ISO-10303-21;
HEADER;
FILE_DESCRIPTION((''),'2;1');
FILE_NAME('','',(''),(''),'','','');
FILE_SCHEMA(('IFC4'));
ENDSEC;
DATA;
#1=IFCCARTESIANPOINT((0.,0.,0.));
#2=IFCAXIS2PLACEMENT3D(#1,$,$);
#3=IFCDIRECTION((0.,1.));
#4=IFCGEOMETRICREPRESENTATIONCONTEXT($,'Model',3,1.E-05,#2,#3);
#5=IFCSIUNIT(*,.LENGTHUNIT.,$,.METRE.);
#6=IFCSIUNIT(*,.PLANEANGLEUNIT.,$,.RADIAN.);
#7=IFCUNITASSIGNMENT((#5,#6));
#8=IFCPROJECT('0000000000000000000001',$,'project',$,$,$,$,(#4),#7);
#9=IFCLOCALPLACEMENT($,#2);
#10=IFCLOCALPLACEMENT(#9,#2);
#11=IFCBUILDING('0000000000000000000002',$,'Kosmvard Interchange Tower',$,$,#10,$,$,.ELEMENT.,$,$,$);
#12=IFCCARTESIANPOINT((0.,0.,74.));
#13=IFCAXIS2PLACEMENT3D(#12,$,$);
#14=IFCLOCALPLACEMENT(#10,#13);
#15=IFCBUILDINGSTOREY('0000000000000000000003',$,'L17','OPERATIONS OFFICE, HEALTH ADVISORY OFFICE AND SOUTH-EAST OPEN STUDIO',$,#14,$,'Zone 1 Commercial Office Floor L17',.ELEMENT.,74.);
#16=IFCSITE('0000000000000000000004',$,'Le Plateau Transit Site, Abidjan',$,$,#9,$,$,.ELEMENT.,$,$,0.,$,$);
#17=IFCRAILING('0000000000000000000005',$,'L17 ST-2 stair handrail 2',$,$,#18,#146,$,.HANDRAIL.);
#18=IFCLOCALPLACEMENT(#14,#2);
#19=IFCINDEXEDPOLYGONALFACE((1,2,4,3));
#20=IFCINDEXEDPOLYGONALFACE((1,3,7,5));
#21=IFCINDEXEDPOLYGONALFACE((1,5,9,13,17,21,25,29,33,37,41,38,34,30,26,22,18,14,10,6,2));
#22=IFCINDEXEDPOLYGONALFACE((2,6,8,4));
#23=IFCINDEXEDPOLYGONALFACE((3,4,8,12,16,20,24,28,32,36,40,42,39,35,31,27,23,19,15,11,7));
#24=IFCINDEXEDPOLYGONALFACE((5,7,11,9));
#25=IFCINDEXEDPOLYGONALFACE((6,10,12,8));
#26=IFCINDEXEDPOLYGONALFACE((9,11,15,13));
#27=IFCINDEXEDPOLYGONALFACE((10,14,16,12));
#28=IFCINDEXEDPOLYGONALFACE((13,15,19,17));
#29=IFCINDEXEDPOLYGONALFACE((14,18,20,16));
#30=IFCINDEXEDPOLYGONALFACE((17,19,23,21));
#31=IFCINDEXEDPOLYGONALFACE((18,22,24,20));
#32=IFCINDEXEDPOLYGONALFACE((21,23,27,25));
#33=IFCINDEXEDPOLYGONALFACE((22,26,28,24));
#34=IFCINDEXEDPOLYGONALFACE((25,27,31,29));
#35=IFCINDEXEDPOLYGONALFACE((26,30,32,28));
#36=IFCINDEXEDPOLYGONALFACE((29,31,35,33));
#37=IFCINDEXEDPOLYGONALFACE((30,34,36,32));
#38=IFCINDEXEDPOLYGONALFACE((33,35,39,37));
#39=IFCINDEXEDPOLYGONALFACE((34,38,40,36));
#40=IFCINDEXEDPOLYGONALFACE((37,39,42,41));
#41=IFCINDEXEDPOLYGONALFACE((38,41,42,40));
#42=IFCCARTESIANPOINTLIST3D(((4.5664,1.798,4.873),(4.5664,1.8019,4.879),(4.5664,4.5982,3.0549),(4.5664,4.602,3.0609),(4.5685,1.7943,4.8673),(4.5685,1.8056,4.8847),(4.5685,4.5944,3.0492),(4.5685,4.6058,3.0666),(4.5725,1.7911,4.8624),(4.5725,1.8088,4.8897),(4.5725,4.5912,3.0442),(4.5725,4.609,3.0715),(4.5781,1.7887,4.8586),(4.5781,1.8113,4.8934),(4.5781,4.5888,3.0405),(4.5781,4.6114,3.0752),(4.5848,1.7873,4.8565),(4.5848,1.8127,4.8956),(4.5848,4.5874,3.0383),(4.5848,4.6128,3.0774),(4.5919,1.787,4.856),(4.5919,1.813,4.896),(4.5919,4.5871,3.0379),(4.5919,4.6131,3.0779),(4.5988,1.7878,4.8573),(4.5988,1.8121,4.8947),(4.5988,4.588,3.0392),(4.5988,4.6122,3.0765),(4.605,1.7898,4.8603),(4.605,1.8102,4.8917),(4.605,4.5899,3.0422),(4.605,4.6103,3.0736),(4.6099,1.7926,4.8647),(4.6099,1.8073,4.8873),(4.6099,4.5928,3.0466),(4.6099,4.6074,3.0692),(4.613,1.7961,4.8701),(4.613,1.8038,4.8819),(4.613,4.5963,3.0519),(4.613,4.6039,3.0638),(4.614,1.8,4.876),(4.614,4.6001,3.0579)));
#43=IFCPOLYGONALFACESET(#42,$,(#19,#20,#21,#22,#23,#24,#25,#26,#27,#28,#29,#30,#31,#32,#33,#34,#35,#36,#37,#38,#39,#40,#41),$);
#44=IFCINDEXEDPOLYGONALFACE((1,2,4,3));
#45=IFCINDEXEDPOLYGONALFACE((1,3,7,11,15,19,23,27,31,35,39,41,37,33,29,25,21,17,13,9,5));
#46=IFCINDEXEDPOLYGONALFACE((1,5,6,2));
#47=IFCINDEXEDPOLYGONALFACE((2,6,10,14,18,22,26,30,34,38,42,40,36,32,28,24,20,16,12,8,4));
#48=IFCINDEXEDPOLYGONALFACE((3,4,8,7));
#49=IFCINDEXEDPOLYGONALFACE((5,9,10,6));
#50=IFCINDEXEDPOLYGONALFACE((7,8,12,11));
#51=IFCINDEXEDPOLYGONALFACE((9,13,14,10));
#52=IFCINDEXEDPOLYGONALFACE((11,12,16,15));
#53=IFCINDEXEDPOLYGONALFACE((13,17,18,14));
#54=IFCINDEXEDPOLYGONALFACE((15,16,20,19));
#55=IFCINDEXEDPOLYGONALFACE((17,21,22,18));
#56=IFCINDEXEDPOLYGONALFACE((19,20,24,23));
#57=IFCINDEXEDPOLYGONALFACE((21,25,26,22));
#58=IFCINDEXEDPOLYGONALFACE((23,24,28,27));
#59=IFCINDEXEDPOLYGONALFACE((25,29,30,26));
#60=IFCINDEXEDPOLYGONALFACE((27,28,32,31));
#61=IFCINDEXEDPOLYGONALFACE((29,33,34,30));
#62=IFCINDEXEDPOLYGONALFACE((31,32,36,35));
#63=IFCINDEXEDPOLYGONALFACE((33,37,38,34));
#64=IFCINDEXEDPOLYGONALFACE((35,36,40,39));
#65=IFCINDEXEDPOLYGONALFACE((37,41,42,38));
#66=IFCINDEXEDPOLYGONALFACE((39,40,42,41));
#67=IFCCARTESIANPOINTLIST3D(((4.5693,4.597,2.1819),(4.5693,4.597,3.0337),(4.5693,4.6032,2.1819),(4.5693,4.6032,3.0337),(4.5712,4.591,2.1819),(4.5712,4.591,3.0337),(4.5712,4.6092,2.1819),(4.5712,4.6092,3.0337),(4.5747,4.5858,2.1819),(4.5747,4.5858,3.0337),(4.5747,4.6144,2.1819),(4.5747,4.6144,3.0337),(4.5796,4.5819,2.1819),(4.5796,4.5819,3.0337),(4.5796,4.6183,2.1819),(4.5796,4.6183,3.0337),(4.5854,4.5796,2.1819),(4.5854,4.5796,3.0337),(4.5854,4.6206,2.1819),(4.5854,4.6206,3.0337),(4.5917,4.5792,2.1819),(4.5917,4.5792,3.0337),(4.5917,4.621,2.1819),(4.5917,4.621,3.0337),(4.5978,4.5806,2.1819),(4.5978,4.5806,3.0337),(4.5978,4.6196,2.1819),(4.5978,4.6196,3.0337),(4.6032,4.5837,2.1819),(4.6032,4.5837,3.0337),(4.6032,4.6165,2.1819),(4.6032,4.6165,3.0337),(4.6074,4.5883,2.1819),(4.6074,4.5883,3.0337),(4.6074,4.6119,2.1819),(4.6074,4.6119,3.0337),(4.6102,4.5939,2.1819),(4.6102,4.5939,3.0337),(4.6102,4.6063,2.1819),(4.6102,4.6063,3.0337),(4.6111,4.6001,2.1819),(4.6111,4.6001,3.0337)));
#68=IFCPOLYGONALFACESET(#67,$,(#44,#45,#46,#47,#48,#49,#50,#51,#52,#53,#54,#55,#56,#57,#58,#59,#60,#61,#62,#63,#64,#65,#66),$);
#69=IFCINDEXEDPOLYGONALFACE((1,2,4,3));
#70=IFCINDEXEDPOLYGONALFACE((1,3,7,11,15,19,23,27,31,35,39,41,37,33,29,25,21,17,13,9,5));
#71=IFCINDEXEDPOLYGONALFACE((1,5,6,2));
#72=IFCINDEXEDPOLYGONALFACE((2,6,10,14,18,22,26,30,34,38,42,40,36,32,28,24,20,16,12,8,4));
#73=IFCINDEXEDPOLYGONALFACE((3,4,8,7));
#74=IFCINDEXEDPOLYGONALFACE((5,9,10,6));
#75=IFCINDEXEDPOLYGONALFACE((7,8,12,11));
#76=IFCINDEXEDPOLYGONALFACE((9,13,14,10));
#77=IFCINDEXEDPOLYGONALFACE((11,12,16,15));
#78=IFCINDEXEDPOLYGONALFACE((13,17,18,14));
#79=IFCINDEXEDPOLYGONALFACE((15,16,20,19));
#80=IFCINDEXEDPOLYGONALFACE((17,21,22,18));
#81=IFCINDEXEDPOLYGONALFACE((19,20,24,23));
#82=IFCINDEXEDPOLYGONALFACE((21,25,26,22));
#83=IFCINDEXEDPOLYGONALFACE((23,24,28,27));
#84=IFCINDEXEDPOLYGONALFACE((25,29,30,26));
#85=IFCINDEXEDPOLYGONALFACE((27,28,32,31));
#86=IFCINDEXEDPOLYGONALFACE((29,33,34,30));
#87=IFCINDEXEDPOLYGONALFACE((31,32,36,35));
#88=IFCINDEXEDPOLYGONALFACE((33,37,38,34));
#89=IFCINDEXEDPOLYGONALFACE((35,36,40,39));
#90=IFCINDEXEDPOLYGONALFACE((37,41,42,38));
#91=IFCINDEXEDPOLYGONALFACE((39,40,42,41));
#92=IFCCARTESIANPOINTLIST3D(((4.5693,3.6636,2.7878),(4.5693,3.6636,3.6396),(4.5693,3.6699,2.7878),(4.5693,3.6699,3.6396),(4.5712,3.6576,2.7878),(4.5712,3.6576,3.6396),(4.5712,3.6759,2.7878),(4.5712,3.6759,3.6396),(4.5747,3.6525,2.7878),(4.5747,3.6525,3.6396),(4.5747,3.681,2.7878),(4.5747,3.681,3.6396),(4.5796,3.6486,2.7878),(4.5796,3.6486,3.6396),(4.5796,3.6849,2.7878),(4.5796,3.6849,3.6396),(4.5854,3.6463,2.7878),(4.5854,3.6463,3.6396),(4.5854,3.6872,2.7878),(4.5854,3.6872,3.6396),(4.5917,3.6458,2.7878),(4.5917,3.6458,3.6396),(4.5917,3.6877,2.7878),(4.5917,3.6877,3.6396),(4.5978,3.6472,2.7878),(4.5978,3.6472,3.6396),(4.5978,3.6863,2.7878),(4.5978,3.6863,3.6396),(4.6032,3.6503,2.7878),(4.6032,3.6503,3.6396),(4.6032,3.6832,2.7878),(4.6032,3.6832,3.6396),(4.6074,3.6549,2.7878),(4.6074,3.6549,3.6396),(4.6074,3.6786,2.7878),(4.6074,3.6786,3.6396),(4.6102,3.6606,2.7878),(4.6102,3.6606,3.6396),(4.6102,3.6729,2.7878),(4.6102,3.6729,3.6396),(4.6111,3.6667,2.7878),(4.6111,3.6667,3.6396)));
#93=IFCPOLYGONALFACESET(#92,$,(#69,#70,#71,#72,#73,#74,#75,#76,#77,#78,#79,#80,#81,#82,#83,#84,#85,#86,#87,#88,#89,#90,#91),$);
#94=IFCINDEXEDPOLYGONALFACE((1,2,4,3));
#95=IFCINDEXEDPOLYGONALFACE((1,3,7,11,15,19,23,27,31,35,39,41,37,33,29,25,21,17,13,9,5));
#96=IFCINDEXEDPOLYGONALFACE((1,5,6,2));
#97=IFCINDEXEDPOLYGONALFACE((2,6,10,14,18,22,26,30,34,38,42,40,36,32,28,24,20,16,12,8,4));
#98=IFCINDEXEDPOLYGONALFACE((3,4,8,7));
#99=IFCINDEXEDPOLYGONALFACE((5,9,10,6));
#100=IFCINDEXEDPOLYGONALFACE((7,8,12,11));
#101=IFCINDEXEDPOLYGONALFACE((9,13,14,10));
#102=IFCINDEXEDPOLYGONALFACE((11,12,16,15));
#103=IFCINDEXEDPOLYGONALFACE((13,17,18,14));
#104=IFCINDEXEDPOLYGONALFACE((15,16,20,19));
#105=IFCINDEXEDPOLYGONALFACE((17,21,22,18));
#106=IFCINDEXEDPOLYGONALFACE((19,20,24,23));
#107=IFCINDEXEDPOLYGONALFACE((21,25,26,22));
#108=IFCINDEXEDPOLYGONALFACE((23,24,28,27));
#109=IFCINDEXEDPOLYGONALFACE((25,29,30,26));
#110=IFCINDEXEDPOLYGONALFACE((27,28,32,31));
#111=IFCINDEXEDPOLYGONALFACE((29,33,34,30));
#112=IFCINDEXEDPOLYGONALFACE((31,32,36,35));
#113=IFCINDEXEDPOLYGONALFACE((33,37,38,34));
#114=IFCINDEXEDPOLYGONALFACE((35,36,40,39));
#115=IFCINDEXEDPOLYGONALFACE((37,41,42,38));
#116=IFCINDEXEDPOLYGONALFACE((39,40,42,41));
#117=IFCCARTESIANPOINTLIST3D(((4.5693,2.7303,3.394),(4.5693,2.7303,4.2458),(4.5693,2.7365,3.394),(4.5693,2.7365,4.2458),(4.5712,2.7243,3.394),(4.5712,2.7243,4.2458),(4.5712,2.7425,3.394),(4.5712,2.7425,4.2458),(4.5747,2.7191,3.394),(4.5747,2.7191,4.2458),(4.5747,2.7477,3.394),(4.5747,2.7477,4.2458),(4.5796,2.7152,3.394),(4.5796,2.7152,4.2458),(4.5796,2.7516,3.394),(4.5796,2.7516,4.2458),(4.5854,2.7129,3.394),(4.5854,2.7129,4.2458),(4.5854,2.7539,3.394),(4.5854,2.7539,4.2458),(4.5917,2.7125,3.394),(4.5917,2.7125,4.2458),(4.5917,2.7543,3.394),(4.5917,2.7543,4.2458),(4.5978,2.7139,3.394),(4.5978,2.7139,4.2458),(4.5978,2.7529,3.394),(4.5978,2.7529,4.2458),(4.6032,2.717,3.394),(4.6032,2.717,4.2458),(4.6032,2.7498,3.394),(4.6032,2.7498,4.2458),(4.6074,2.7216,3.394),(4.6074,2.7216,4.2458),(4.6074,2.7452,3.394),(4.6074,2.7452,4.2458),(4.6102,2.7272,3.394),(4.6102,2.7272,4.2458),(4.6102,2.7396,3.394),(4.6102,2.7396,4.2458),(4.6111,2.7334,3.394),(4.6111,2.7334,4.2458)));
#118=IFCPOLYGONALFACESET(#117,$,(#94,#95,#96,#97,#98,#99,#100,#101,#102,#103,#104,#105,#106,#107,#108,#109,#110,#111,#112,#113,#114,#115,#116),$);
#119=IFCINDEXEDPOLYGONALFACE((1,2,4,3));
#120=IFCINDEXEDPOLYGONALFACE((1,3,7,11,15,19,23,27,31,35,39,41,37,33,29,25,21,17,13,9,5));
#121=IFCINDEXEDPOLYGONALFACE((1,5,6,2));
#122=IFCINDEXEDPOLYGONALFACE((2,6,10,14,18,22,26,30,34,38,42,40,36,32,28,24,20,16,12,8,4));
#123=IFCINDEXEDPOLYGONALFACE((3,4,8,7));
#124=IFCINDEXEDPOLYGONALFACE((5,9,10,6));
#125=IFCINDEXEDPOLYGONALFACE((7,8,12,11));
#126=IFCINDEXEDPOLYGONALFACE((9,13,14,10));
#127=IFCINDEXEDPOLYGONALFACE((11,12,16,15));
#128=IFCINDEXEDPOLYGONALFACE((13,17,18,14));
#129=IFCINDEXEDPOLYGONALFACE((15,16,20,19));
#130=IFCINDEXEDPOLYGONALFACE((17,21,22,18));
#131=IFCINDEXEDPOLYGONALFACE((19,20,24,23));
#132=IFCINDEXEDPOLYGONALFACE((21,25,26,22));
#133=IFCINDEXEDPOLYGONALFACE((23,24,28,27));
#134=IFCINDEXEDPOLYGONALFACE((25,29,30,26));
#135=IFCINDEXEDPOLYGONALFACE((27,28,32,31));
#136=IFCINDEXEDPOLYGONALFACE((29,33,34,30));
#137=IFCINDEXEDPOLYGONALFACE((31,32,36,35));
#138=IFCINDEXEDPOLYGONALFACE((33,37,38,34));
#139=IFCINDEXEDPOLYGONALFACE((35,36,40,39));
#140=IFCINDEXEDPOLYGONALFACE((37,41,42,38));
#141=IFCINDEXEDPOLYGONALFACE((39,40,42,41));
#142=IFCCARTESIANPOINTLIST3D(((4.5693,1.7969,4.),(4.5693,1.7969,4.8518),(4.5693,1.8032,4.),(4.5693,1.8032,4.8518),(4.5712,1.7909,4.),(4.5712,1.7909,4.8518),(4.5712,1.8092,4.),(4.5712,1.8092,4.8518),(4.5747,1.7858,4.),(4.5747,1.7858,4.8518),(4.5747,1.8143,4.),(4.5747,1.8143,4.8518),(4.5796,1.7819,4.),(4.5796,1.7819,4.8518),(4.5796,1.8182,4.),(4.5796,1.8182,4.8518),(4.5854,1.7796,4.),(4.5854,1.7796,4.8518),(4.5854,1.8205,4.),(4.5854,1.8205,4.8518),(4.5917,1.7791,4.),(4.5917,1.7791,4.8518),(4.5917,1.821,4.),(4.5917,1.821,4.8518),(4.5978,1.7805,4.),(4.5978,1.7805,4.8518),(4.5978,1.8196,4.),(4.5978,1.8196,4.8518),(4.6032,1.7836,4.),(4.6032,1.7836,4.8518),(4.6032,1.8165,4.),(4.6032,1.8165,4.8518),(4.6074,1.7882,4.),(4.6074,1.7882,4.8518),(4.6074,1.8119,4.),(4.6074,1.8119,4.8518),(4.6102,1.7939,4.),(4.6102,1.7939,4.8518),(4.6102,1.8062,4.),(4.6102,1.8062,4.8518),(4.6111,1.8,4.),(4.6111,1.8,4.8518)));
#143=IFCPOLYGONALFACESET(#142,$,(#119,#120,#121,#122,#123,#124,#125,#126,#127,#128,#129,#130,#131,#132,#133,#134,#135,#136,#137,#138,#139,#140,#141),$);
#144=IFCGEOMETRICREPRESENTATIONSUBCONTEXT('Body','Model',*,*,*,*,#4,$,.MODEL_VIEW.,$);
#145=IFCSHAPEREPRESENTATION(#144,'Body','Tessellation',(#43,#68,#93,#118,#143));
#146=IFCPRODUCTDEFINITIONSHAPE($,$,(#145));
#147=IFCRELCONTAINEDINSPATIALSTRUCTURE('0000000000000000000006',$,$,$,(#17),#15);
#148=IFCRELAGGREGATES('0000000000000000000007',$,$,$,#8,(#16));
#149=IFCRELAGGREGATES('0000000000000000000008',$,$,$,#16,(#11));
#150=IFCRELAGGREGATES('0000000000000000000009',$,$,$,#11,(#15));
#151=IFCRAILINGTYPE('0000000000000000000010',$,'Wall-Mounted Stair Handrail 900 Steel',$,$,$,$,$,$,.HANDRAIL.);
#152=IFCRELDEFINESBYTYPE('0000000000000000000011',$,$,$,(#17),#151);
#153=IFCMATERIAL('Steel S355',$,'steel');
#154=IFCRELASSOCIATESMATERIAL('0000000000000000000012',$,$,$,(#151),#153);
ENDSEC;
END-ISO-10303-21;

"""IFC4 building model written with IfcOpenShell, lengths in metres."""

from ifc_helpers import new_model, si_unit, direction, frame, origin, origin_2d, place, context, subcontext, project, spatial, circle, extrude, source, transform, mapped, material, type_object, element, save


model = new_model("IFC4")

# Units and contexts
model_context = context("Model", 3, precision=1e-05, world=origin(), true_north=direction((0.0, 1.0)))
body_context = subcontext(model_context, "Body", "Model", "MODEL_VIEW")
ifc_project = project(units=[si_unit("LENGTHUNIT", "METRE"), si_unit("PLANEANGLEUNIT", "RADIAN")], contexts=[model_context])

# Site, building, storey
site_placement = place(None, origin())
site = spatial("IfcSite", under=ifc_project, at=site_placement, Name="Le Plateau Transit Site, Abidjan", CompositionType="ELEMENT", RefElevation=0.0)
building_placement = place(site_placement, origin())
building = spatial("IfcBuilding", under=site, at=building_placement, Name="Kosmvard Interchange Tower", CompositionType="ELEMENT")
storey_placement = place(building_placement, frame((0.0, 0.0, 74.0)))
storey = spatial("IfcBuildingStorey", under=building, at=storey_placement, Name="L17", Description="OPERATIONS OFFICE, HEALTH ADVISORY OFFICE AND SOUTH-EAST OPEN STUDIO", LongName="Zone 1 Commercial Office Floor L17", CompositionType="ELEMENT", Elevation=74.0)

# Shared definitions
ifc_material_1 = material(Name="Steel S355", Category="steel")

# Railing
railing_type_1 = type_object("IfcRailingType", Name="Wall-Mounted Stair Handrail 900 Steel", PredefinedType="HANDRAIL", material=ifc_material_1)
shared_shape_1 = source(origin(), body_context, "Body", "SweptSolid", [
    extrude(circle(Radius=0.0239, at=origin_2d()), frame((0.0, 0.0, 0.876), z_axis=(0.0, -0.838706, 0.544585), x_axis=(1.0, 0.0, 0.0)), (0.0, 0.0, 1.0), 3.3386),
    extrude(circle(Radius=0.021, at=origin_2d()), origin(), (0.0, 0.0, 1.0), 0.8518),
    extrude(circle(Radius=0.021, at=origin_2d()), frame((0.0, -0.9333, 0.606)), (0.0, 0.0, 1.0), 0.8518),
    extrude(circle(Radius=0.021, at=origin_2d()), frame((0.0, -1.8667, 1.2122)), (0.0, 0.0, 1.0), 0.8518),
    extrude(circle(Radius=0.021, at=origin_2d()), frame((0.0, -2.8, 1.8181)), (0.0, 0.0, 1.0), 0.8518),
])
railing_1_placement = place(storey_placement, frame((4.5901, 4.6001, 2.1819)))
element("IfcRailing", 1, at=railing_1_placement, inside=storey, type_object=railing_type_1, Name="L17 ST-2 stair handrail 2", PredefinedType="HANDRAIL", context=body_context, shape_type="MappedRepresentation", body=[
    mapped(shared_shape_1, transform((0.0, 0.0, 0.0), scale=1.0)),
])

save(model, "model.ifc")
